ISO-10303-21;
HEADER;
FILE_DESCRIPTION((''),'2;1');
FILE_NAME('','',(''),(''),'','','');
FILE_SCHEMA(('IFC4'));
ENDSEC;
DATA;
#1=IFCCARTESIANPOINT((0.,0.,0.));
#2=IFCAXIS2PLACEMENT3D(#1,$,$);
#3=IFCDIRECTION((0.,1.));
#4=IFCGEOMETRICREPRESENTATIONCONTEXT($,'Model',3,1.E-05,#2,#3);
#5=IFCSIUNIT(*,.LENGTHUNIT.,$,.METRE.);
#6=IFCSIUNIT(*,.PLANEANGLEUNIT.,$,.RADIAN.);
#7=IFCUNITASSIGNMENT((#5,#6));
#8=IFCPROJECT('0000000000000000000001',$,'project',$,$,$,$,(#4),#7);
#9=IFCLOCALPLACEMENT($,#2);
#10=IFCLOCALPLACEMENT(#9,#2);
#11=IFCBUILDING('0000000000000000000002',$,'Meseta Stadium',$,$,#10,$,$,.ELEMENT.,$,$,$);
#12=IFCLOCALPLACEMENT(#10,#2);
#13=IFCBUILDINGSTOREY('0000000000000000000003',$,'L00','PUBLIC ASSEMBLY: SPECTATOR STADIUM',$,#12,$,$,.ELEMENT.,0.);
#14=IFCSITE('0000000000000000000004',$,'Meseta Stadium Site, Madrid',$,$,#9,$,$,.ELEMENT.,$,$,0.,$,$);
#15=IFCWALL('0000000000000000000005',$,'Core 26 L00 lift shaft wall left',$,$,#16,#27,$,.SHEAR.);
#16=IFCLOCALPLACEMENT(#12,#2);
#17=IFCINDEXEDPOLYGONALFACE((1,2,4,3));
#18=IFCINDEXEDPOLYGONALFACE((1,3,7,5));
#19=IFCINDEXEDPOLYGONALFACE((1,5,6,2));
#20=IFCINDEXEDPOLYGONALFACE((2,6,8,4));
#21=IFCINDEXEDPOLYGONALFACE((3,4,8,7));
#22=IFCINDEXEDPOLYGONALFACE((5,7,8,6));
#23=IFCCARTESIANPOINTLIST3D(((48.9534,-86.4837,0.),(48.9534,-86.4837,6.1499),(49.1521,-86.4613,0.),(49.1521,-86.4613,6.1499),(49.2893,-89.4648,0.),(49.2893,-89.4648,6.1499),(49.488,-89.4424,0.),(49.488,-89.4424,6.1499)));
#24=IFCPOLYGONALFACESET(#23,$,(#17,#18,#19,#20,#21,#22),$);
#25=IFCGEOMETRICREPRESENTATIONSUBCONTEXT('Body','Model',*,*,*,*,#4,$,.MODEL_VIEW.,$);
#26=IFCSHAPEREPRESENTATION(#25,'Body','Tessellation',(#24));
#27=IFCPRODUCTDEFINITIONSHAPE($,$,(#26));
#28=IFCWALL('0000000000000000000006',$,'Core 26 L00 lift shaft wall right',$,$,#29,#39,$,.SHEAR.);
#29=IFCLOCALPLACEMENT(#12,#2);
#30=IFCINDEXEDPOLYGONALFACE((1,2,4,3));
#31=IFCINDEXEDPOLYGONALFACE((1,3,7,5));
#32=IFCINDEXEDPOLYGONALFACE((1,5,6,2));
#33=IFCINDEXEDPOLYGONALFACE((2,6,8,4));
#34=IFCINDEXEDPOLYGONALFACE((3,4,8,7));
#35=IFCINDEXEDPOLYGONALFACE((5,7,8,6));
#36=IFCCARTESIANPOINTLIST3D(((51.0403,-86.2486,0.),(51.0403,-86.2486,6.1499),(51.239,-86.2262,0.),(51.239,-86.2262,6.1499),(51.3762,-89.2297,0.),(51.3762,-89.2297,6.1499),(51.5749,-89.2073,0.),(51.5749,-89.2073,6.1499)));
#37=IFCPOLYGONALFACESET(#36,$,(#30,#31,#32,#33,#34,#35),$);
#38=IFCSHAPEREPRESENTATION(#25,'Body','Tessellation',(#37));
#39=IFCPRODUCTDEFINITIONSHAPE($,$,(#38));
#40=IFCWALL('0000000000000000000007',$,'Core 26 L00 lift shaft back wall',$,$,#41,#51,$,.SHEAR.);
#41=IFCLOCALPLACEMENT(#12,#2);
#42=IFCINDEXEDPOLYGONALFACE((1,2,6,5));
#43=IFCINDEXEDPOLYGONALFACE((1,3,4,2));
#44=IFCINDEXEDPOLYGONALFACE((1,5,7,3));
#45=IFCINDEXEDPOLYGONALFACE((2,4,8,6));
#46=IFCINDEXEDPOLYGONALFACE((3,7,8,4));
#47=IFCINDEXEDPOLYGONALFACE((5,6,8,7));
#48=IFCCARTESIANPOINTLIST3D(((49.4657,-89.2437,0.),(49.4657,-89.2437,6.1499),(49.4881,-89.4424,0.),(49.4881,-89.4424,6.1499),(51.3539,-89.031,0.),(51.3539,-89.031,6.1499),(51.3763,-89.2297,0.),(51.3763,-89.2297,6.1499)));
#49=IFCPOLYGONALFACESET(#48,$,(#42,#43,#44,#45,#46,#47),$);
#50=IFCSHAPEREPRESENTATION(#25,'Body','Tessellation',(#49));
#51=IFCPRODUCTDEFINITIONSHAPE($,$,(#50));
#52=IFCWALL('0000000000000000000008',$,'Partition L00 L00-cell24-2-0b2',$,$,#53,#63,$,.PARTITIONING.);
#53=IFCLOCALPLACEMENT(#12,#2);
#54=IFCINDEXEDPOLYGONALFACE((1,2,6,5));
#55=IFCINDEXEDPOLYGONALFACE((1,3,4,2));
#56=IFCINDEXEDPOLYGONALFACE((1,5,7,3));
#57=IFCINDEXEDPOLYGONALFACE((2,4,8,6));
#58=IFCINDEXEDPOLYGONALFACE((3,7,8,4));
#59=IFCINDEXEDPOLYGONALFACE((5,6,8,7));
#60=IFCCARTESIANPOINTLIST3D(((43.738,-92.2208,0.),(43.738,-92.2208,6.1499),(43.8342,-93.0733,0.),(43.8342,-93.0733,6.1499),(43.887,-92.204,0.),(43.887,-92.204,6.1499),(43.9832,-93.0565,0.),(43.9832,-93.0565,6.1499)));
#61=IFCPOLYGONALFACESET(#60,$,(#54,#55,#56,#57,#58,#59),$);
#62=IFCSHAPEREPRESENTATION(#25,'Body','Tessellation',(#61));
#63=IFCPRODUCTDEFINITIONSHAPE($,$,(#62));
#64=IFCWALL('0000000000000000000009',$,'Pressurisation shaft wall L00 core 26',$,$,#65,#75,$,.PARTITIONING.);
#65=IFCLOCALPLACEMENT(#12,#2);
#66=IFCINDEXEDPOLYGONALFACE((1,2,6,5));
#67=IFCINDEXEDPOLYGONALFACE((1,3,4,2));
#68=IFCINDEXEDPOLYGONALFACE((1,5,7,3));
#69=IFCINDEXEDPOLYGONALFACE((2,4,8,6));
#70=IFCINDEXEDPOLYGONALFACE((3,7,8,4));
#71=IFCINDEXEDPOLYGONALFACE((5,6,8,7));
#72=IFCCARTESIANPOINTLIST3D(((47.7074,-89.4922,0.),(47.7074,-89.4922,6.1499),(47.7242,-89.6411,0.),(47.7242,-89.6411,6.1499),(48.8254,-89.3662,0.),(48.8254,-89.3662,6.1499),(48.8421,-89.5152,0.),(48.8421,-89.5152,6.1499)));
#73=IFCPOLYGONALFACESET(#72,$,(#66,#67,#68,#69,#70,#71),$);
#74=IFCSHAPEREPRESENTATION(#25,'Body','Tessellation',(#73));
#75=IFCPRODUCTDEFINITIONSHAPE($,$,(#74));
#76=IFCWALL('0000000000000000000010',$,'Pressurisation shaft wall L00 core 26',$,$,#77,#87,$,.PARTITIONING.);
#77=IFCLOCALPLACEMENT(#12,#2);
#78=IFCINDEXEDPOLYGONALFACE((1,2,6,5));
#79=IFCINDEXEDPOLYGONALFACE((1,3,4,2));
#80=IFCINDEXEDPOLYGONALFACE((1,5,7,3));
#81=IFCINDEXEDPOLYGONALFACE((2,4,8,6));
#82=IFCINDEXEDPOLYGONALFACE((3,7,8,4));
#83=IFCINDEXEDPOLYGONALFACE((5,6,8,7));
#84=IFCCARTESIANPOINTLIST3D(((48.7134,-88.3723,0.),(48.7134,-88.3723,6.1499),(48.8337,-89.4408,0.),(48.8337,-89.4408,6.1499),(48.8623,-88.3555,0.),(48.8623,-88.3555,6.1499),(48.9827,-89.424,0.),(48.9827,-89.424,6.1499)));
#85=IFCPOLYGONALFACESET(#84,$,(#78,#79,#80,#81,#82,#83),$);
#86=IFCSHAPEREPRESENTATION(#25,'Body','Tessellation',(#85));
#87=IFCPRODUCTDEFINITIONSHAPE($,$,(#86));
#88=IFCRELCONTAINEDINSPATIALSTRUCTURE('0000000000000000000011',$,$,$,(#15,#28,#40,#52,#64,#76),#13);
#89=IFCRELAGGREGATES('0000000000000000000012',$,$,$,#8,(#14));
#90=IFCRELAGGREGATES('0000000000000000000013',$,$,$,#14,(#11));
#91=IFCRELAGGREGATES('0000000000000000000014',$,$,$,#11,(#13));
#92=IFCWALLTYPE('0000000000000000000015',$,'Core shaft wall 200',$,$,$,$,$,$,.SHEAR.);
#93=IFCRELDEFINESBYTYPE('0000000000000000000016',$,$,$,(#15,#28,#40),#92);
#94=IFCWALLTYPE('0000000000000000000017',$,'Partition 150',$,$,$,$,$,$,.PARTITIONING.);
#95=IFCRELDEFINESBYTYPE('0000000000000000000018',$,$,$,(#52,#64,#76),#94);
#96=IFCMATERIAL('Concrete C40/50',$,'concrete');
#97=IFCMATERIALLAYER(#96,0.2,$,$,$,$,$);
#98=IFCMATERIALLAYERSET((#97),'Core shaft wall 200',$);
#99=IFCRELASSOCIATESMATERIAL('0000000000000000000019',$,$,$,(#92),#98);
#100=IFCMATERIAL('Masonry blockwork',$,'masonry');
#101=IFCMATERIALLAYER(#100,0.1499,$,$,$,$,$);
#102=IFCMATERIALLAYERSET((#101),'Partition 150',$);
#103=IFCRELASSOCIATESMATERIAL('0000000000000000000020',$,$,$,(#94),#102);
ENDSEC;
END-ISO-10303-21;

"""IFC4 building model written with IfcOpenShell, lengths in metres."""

from ifc_helpers import new_model, si_unit, direction, frame, frame_2d, origin, place, context, subcontext, project, spatial, rectangle, extrude, material, layer, layer_set, type_object, element, save


model = new_model("IFC4")

# Units and contexts
model_context = context("Model", 3, precision=1e-05, world=origin(), true_north=direction((0.0, 1.0)))
body_context = subcontext(model_context, "Body", "Model", "MODEL_VIEW")
ifc_project = project(units=[si_unit("LENGTHUNIT", "METRE"), si_unit("PLANEANGLEUNIT", "RADIAN")], contexts=[model_context])

# Site, building, storey
site_placement = place(None, origin())
site = spatial("IfcSite", under=ifc_project, at=site_placement, Name="Meseta Stadium Site, Madrid", CompositionType="ELEMENT", RefElevation=0.0)
building_placement = place(site_placement, origin())
building = spatial("IfcBuilding", under=site, at=building_placement, Name="Meseta Stadium", CompositionType="ELEMENT")
storey_placement = place(building_placement, origin())
storey = spatial("IfcBuildingStorey", under=building, at=storey_placement, Name="L00", Description="PUBLIC ASSEMBLY: SPECTATOR STADIUM", CompositionType="ELEMENT", Elevation=0.0)

# Shared definitions
ifc_material_1 = material(Name="Concrete C40/50", Category="concrete")
ifc_layer_1 = layer(ifc_material_1, 0.2)
ifc_layer_set_1 = layer_set([ifc_layer_1], Name="Core shaft wall 200")
wall_type_1 = type_object("IfcWallType", Name="Core shaft wall 200", PredefinedType="SHEAR", material=ifc_layer_set_1)

# Walls
for number, where, z_axis, x_axis, name in (
    (1, (49.3887, -89.4536, 0.0), (0.0, 0.0, 1.0), (-0.111977, 0.993711, 0.0), "Core 26 L00 lift shaft wall left"),
    (2, (51.4756, -89.2185, 0.0), (0.0, 0.0, 1.0), (-0.111977, 0.993711, 0.0), "Core 26 L00 lift shaft wall right"),
):
    element("IfcWall", number, at=place(storey_placement, frame(where, z_axis=z_axis, x_axis=x_axis)), inside=storey, type_object=wall_type_1, Name=name, PredefinedType="SHEAR", context=body_context, shape_type="SweptSolid", body=[
        extrude(rectangle(XDim=3.0, YDim=0.2, at=frame_2d((1.5, 0.0))), origin(), (0.0, 0.0, 1.0), 6.1499),
    ])
wall_1_placement = place(storey_placement, frame((49.4768, -89.343, 0.0), z_axis=(0.0, 0.0, 1.0), x_axis=(0.993718, 0.111912, 0.0)))
element("IfcWall", 3, at=wall_1_placement, inside=storey, type_object=wall_type_1, Name="Core 26 L00 lift shaft back wall", PredefinedType="SHEAR", context=body_context, shape_type="SweptSolid", body=[
    extrude(rectangle(XDim=1.9001, YDim=0.2, at=frame_2d((0.9502, 0.0))), origin(), (0.0, 0.0, 1.0), 6.1499),
])
ifc_material_2 = material(Name="Masonry blockwork", Category="masonry")
ifc_layer_2 = layer(ifc_material_2, 0.1499)
ifc_layer_set_2 = layer_set([ifc_layer_2], Name="Partition 150")
wall_type_2 = type_object("IfcWallType", Name="Partition 150", PredefinedType="PARTITIONING", material=ifc_layer_set_2)
wall_2_placement = place(storey_placement, frame((43.8125, -92.2124, 0.0), z_axis=(0.0, 0.0, 1.0), x_axis=(0.112118, -0.993695, 0.0)))
element("IfcWall", 4, at=wall_2_placement, inside=storey, type_object=wall_type_2, Name="Partition L00 L00-cell24-2-0b2", PredefinedType="PARTITIONING", context=body_context, shape_type="SweptSolid", body=[
    extrude(rectangle(XDim=0.8579, YDim=0.1499, at=frame_2d((0.429, 0.0))), origin(), (0.0, 0.0, 1.0), 6.1499),
])
wall_3_placement = place(storey_placement, frame((47.7158, -89.5667, 0.0), z_axis=(0.0, 0.0, 1.0), x_axis=(0.993711, 0.11198, 0.0)))
element("IfcWall", 5, at=wall_3_placement, inside=storey, type_object=wall_type_2, Name="Pressurisation shaft wall L00 core 26", PredefinedType="PARTITIONING", context=body_context, shape_type="SweptSolid", body=[
    extrude(rectangle(XDim=1.125, YDim=0.1499, at=frame_2d((0.5625, 0.0))), origin(), (0.0, 0.0, 1.0), 6.1499),
])
wall_4_placement = place(storey_placement, frame((48.9082, -89.4324, 0.0), z_axis=(0.0, 0.0, 1.0), x_axis=(-0.111952, 0.993714, 0.0)))
element("IfcWall", 6, at=wall_4_placement, inside=storey, type_object=wall_type_2, Name="Pressurisation shaft wall L00 core 26", PredefinedType="PARTITIONING", context=body_context, shape_type="SweptSolid", body=[
    extrude(rectangle(XDim=1.0752, YDim=0.1499, at=frame_2d((0.5376, 0.0))), origin(), (0.0, 0.0, 1.0), 6.1499),
])

save(model, "model.ifc")
